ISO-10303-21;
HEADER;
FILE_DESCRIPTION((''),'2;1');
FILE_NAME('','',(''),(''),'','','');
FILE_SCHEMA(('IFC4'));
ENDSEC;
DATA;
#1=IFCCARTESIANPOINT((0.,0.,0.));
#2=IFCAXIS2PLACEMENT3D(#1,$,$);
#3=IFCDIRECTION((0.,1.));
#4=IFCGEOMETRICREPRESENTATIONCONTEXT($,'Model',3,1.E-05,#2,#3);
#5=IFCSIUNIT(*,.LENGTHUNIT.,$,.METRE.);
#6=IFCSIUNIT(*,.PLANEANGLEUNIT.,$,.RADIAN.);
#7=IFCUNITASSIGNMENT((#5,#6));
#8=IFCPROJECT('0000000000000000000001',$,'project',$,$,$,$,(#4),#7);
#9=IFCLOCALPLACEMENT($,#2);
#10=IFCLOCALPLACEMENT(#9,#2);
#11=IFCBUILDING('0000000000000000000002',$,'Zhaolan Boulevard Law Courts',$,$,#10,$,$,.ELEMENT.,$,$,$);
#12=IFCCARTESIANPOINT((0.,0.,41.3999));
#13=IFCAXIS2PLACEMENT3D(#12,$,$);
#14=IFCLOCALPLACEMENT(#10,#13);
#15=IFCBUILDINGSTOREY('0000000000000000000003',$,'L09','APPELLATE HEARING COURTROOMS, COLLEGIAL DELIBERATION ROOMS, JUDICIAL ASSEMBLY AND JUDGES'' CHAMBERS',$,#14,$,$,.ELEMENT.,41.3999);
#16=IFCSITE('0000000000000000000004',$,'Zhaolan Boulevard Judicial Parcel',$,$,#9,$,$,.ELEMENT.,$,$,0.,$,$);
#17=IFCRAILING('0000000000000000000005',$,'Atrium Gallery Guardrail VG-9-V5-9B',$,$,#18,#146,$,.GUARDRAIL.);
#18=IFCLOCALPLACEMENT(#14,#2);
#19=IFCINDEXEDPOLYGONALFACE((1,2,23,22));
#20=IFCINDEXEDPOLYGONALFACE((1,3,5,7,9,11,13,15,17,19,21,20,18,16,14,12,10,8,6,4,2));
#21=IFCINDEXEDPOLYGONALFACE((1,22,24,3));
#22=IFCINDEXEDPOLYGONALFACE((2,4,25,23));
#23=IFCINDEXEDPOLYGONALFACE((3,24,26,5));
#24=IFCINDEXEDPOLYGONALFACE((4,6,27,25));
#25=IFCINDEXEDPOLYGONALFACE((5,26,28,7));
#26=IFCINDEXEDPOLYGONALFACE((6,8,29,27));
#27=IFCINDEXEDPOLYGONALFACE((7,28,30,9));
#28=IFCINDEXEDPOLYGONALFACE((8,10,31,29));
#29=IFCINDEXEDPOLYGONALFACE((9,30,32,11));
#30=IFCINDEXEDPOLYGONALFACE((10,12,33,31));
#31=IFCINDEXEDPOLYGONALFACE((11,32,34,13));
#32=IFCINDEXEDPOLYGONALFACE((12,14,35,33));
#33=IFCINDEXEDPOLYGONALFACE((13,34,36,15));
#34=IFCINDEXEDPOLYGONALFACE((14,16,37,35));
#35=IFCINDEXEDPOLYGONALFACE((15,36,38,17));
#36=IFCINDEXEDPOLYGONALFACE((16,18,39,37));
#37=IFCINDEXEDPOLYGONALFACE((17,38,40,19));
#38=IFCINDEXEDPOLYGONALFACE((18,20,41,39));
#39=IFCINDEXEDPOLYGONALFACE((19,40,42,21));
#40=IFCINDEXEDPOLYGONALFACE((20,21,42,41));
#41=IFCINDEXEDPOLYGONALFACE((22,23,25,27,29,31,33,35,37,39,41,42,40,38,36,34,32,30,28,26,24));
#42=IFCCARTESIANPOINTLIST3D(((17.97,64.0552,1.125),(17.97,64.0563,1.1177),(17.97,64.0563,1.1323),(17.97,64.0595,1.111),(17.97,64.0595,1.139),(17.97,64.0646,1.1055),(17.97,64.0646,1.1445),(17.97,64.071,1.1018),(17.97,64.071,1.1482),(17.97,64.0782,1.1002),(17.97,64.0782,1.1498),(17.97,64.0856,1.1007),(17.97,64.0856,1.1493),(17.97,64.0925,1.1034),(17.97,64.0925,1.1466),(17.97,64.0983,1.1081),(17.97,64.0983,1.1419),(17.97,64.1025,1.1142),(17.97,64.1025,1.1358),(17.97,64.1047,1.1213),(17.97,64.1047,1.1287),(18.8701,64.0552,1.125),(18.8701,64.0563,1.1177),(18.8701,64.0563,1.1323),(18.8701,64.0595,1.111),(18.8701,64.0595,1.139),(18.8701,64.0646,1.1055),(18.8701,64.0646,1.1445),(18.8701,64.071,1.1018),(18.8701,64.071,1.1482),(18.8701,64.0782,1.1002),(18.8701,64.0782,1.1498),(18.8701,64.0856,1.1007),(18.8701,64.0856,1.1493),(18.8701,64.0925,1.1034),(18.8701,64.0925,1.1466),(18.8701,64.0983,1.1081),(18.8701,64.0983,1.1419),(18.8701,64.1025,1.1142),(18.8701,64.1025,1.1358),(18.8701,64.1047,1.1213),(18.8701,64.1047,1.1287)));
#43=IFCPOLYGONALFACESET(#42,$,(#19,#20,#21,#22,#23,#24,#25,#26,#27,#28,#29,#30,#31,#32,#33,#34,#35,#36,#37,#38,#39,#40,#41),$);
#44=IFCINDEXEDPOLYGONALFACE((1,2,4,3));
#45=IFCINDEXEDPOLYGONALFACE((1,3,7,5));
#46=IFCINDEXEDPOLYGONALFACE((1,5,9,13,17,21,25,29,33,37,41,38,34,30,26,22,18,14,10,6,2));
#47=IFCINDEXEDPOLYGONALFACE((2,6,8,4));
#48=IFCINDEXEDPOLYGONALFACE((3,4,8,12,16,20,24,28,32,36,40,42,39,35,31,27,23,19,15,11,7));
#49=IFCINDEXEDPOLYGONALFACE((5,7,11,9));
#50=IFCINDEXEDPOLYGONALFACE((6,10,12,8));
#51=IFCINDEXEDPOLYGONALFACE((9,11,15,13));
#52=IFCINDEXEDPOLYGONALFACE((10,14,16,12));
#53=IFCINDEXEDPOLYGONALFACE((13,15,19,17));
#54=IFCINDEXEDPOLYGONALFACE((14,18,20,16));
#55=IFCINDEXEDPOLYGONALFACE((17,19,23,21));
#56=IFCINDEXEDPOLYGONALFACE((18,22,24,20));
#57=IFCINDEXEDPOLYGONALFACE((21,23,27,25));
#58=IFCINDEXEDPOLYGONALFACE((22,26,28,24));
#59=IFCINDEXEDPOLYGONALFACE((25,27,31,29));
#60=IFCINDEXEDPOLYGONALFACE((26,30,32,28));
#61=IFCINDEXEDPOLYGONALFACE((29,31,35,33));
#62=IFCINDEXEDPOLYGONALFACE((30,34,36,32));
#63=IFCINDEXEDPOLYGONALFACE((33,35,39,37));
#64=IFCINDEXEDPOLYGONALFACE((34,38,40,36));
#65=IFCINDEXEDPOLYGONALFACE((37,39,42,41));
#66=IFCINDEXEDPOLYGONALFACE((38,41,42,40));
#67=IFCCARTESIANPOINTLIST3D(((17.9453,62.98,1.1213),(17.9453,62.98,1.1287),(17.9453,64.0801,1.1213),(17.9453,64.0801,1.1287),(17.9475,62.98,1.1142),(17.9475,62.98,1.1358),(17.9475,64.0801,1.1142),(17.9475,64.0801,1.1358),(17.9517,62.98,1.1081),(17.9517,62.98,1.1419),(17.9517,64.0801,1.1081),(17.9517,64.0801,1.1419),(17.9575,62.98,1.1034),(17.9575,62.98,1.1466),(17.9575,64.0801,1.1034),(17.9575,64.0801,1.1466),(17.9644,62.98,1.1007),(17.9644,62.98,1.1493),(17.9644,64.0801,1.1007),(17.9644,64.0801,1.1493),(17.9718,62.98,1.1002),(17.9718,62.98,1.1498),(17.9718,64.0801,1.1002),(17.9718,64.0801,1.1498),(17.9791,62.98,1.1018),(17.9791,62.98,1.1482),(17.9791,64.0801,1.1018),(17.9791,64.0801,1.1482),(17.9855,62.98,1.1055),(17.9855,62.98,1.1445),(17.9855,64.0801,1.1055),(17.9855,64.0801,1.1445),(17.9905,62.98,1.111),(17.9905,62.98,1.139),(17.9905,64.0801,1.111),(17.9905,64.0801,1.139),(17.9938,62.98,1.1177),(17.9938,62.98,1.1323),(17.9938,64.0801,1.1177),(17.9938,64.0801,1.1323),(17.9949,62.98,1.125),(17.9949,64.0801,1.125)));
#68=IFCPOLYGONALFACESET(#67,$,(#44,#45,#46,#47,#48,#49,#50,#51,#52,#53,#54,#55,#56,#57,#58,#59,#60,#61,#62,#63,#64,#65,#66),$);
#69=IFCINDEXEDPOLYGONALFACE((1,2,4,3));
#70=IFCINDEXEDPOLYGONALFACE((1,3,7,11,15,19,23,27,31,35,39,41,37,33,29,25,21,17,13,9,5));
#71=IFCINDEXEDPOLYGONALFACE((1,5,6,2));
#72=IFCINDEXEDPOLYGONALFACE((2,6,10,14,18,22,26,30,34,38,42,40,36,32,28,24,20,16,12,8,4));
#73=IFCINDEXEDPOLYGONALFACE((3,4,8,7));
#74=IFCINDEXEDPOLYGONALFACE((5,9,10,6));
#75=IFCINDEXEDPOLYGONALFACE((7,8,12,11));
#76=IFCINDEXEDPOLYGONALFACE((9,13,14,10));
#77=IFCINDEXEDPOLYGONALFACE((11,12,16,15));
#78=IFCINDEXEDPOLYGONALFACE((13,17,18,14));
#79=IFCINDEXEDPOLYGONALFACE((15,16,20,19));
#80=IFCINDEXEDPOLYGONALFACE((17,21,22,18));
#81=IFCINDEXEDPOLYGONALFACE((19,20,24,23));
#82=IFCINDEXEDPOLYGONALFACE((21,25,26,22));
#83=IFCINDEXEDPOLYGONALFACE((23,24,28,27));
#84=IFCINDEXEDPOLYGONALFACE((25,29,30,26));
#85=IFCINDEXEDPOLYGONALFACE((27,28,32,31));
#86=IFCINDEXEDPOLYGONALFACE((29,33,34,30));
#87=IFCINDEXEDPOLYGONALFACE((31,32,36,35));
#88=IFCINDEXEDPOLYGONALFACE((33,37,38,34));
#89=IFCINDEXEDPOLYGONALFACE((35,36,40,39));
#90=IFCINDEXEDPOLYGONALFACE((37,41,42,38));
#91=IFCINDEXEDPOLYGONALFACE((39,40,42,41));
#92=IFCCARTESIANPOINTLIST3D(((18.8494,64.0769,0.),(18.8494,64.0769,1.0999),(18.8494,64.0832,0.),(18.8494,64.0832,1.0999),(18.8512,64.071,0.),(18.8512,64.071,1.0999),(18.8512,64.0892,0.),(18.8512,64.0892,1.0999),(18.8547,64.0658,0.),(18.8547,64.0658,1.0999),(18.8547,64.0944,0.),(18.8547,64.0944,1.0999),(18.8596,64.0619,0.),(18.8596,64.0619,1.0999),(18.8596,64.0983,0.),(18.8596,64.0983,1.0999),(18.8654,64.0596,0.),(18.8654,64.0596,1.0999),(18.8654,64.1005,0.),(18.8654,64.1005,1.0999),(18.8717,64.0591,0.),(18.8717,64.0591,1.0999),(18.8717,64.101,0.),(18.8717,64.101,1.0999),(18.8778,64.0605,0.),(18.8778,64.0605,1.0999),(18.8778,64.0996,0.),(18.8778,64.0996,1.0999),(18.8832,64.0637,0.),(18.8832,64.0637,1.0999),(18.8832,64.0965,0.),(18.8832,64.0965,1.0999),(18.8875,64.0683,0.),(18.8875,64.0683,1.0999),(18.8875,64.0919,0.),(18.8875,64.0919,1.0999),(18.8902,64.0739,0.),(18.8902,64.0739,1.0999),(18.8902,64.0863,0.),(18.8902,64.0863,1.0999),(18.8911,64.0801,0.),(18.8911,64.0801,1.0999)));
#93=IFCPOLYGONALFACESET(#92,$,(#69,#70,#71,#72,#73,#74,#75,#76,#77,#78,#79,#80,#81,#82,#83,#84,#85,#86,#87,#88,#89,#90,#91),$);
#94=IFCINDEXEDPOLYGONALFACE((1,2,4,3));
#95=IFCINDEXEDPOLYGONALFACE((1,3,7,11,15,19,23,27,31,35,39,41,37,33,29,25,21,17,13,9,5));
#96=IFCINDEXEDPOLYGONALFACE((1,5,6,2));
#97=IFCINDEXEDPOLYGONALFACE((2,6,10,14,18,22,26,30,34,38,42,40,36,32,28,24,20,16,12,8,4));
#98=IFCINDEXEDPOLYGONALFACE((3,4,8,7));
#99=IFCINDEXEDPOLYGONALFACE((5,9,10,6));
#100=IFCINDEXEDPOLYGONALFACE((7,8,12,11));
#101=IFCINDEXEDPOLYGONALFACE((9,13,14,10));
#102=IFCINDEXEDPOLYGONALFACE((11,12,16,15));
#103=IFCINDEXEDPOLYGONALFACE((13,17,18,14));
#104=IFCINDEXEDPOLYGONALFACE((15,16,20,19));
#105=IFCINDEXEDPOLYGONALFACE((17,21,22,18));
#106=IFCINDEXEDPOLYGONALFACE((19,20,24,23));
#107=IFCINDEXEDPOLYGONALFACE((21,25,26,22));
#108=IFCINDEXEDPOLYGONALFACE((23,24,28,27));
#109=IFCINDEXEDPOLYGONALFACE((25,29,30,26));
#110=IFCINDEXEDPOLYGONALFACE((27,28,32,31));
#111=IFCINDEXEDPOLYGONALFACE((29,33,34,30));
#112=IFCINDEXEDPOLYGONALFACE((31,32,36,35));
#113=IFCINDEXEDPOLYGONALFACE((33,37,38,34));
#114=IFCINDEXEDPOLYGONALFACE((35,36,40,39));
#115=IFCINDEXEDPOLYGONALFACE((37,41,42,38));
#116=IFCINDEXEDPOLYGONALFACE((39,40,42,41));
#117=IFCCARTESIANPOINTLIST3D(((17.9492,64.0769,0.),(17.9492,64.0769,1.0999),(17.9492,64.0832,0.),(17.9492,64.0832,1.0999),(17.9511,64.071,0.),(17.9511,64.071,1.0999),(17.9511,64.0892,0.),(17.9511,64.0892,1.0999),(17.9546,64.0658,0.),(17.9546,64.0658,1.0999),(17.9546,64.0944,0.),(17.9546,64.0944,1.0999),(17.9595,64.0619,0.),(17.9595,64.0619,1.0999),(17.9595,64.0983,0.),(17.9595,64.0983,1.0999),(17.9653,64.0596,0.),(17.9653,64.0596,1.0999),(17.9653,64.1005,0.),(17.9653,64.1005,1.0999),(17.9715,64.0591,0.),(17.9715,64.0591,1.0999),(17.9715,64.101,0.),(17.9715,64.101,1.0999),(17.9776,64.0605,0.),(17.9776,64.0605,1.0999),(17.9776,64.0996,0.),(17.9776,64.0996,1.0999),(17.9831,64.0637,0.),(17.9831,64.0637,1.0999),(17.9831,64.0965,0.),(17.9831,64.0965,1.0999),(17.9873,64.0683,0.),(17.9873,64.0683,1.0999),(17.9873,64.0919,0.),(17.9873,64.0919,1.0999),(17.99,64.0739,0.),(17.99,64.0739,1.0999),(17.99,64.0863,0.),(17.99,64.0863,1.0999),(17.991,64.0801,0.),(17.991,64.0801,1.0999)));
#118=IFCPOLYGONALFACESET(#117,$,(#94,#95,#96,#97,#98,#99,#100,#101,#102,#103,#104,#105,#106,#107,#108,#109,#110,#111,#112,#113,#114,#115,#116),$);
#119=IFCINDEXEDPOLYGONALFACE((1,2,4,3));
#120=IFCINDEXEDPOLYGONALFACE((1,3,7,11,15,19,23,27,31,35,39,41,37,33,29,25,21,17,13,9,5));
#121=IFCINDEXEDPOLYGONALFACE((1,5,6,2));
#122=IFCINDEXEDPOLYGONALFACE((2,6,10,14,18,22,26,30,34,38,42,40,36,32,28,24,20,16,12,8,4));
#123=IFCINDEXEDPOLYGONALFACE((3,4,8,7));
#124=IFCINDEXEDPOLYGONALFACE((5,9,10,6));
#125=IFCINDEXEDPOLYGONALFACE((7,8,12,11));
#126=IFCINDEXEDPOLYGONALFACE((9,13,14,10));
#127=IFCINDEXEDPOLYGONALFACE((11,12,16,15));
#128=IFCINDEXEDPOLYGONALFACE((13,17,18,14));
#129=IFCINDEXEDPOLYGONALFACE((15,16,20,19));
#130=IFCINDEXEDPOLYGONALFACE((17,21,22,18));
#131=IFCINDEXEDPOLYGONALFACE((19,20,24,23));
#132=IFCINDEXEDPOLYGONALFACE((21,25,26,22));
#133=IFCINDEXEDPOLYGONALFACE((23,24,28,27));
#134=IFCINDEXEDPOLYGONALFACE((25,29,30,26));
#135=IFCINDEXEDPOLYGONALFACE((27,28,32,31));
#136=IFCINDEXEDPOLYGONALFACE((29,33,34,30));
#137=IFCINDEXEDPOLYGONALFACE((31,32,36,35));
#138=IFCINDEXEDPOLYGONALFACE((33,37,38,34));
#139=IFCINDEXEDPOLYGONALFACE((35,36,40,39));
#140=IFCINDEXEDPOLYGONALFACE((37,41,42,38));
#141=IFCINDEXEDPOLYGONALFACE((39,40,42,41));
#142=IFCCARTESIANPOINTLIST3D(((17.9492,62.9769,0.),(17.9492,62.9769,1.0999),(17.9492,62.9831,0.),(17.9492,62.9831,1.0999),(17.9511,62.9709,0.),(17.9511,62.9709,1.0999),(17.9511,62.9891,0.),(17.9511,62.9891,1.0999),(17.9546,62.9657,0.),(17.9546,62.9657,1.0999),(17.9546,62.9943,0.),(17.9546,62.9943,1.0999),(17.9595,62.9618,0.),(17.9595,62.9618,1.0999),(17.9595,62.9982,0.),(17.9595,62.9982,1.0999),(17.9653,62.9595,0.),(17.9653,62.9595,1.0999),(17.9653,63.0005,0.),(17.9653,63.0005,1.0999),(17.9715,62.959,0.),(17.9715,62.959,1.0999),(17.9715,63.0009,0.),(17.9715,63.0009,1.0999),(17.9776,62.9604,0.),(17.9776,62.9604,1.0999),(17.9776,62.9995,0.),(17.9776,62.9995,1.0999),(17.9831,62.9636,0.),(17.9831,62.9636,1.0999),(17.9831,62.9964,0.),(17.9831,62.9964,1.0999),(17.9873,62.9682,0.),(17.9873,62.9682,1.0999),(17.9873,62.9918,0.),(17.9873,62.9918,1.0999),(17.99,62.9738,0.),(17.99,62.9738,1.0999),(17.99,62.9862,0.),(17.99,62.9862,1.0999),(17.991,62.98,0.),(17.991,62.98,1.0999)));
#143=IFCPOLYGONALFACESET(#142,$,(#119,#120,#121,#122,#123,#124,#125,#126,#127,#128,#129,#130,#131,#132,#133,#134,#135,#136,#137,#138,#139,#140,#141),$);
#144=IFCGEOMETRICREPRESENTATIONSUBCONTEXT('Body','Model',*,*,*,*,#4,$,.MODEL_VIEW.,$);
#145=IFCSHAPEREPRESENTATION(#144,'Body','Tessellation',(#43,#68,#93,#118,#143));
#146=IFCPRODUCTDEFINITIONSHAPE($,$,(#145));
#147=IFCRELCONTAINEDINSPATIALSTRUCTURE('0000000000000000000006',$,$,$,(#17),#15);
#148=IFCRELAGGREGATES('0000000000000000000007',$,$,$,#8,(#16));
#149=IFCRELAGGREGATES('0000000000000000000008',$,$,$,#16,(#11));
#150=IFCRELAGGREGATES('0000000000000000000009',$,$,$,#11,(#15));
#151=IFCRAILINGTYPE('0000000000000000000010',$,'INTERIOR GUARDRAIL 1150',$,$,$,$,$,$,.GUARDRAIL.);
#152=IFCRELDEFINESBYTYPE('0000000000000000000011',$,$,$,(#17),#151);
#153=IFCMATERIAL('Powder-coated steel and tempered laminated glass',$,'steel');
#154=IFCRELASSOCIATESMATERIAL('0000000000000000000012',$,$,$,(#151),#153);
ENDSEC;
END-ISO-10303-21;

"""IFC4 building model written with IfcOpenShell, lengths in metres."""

from ifc_helpers import new_model, si_unit, direction, frame, origin, origin_2d, place, context, subcontext, project, spatial, circle, extrude, material, type_object, element, save


model = new_model("IFC4")

# Units and contexts
model_context = context("Model", 3, precision=1e-05, world=origin(), true_north=direction((0.0, 1.0)))
body_context = subcontext(model_context, "Body", "Model", "MODEL_VIEW")
ifc_project = project(units=[si_unit("LENGTHUNIT", "METRE"), si_unit("PLANEANGLEUNIT", "RADIAN")], contexts=[model_context])

# Site, building, storey
site_placement = place(None, origin())
site = spatial("IfcSite", under=ifc_project, at=site_placement, Name="Zhaolan Boulevard Judicial Parcel", CompositionType="ELEMENT", RefElevation=0.0)
building_placement = place(site_placement, origin())
building = spatial("IfcBuilding", under=site, at=building_placement, Name="Zhaolan Boulevard Law Courts", CompositionType="ELEMENT")
storey_placement = place(building_placement, frame((0.0, 0.0, 41.3999)))
storey = spatial("IfcBuildingStorey", under=building, at=storey_placement, Name="L09", Description="APPELLATE HEARING COURTROOMS, COLLEGIAL DELIBERATION ROOMS, JUDICIAL ASSEMBLY AND JUDGES' CHAMBERS", CompositionType="ELEMENT", Elevation=41.3999)

# Railing
ifc_material_1 = material(Name="Powder-coated steel and tempered laminated glass", Category="steel")
railing_type = type_object("IfcRailingType", Name="INTERIOR GUARDRAIL 1150", PredefinedType="GUARDRAIL", material=ifc_material_1)
railing_1_placement = place(storey_placement, frame((18.8701, 64.0801, 0.0)))
element("IfcRailing", 1, at=railing_1_placement, inside=storey, type_object=railing_type, Name="Atrium Gallery Guardrail VG-9-V5-9B", PredefinedType="GUARDRAIL", context=body_context, shape_type="SweptSolid", body=[
    extrude(circle(Radius=0.0249, at=origin_2d()), frame((0.0, 0.0, 1.125), z_axis=(-1.0, 0.0, 0.0), x_axis=(0.0, -1.0, 0.0)), (0.0, 0.0, 1.0), 0.9001),
    extrude(circle(Radius=0.0249, at=origin_2d()), frame((-0.9001, 0.0, 1.125), z_axis=(0.0, -1.0, 0.0), x_axis=(1.0, 0.0, 0.0)), (0.0, 0.0, 1.0), 1.1001),
    extrude(circle(Radius=0.021, at=origin_2d()), origin(), (0.0, 0.0, 1.0), 1.0999),
    extrude(circle(Radius=0.021, at=origin_2d()), frame((-0.9001, 0.0, 0.0)), (0.0, 0.0, 1.0), 1.0999),
    extrude(circle(Radius=0.021, at=origin_2d()), frame((-0.9001, -1.1001, 0.0)), (0.0, 0.0, 1.0), 1.0999),
])

save(model, "model.ifc")
